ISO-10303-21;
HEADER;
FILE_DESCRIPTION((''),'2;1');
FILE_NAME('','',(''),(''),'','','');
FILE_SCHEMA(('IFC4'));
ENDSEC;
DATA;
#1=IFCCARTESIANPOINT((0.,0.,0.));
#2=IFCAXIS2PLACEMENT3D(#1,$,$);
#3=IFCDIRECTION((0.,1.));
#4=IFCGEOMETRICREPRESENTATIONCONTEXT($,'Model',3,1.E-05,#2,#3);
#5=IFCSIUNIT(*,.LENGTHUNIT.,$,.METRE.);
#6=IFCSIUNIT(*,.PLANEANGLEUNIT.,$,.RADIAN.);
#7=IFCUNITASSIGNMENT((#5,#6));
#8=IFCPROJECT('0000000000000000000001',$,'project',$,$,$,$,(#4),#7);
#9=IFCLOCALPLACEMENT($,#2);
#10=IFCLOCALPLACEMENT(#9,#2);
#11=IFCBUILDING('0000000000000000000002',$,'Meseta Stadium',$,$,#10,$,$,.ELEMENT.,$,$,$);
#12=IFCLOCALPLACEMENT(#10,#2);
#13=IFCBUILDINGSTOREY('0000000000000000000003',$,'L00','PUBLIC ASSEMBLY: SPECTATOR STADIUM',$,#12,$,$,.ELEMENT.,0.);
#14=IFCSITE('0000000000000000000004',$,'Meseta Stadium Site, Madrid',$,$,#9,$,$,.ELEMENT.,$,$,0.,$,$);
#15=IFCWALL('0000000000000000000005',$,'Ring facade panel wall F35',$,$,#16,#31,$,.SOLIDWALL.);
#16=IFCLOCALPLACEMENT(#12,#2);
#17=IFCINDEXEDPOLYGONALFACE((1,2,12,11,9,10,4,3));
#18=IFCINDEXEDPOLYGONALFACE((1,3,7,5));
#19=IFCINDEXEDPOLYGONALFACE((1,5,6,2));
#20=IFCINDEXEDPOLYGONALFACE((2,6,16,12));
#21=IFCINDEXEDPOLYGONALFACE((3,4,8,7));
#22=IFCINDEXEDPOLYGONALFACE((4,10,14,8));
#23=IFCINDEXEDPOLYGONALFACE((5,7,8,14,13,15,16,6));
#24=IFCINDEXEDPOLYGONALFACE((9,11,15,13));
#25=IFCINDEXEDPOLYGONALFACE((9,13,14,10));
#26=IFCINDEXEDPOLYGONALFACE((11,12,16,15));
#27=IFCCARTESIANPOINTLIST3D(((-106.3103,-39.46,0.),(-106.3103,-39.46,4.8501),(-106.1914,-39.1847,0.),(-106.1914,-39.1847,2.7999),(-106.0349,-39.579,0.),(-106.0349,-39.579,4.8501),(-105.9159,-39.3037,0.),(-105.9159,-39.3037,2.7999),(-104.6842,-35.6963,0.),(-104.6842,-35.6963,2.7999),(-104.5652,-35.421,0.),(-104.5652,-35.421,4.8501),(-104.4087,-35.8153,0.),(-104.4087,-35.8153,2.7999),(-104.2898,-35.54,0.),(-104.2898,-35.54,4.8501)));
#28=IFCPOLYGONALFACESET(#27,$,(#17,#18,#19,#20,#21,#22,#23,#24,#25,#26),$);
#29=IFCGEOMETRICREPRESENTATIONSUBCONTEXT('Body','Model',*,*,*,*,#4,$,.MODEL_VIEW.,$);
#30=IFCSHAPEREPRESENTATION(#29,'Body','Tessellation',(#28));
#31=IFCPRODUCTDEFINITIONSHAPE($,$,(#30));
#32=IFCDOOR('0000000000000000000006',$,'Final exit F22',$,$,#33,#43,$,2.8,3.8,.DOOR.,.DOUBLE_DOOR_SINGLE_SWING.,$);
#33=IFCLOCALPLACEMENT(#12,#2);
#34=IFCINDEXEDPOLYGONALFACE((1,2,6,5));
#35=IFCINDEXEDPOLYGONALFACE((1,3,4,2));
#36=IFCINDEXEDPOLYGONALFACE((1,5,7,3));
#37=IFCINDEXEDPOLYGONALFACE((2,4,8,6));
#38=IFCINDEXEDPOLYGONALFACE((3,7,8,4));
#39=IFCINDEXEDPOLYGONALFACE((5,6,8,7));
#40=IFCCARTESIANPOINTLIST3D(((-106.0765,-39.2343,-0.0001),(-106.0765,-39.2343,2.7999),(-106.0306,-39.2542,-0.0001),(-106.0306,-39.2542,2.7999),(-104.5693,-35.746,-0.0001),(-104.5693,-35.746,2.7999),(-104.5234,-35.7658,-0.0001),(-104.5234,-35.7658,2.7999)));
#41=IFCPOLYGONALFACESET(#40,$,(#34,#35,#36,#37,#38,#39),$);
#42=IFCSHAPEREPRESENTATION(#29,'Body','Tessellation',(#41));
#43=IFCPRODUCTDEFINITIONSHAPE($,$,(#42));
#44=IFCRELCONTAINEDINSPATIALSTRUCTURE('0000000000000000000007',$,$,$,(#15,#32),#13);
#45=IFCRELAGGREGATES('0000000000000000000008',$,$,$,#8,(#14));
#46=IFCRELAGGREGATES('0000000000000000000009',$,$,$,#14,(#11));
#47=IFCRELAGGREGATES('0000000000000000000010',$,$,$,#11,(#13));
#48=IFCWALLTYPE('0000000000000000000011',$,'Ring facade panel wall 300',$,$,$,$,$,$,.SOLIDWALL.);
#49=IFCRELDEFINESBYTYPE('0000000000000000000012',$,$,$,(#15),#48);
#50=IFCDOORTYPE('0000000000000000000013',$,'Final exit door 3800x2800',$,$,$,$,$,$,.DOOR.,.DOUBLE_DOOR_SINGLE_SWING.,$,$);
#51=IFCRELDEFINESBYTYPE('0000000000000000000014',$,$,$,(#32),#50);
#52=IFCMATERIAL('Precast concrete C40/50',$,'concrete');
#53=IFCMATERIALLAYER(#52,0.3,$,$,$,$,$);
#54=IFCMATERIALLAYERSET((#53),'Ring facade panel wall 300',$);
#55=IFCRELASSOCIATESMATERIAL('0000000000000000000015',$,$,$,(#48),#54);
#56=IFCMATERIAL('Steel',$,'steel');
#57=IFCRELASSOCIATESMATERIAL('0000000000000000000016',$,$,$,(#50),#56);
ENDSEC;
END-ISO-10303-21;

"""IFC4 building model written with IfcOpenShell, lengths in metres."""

from ifc_helpers import new_model, si_unit, direction, frame, frame_2d, origin, place, context, subcontext, project, spatial, rectangle, extrude, material, layer, layer_set, type_object, element, fill, save


model = new_model("IFC4")

# Units and contexts
model_context = context("Model", 3, precision=1e-05, world=origin(), true_north=direction((0.0, 1.0)))
body_context = subcontext(model_context, "Body", "Model", "MODEL_VIEW")
ifc_project = project(units=[si_unit("LENGTHUNIT", "METRE"), si_unit("PLANEANGLEUNIT", "RADIAN")], contexts=[model_context])

# Site, building, storey
site_placement = place(None, origin())
site = spatial("IfcSite", under=ifc_project, at=site_placement, Name="Meseta Stadium Site, Madrid", CompositionType="ELEMENT", RefElevation=0.0)
building_placement = place(site_placement, origin())
building = spatial("IfcBuilding", under=site, at=building_placement, Name="Meseta Stadium", CompositionType="ELEMENT")
storey_placement = place(building_placement, origin())
storey = spatial("IfcBuildingStorey", under=building, at=storey_placement, Name="L00", Description="PUBLIC ASSEMBLY: SPECTATOR STADIUM", CompositionType="ELEMENT", Elevation=0.0)

# Wall, opening, door
ifc_material_1 = material(Name="Precast concrete C40/50", Category="concrete")
ifc_layer_1 = layer(ifc_material_1, 0.3)
ifc_layer_set_1 = layer_set([ifc_layer_1], Name="Ring facade panel wall 300")
wall_type_1 = type_object("IfcWallType", Name="Ring facade panel wall 300", PredefinedType="SOLIDWALL", material=ifc_layer_set_1)
wall_1_placement = place(storey_placement, frame((-106.1726, -39.5195, 0.0), z_axis=(0.0, 0.0, 1.0), x_axis=(0.396623, 0.917982, 0.0)))
wall_1 = element("IfcWall", 1, at=wall_1_placement, inside=storey, type_object=wall_type_1, Name="Ring facade panel wall F35", PredefinedType="SOLIDWALL", context=body_context, shape_type="SweptSolid", body=[
    extrude(rectangle(XDim=4.3999, YDim=0.3, at=frame_2d((2.2, 0.0))), origin(), (0.0, 0.0, 1.0), 4.8501),
])
opening_1_placement = place(wall_1_placement, frame((0.3, 0.0, 0.0)))
opening_1 = element("IfcOpeningElement", 2, at=opening_1_placement, cuts=wall_1, PredefinedType="OPENING", context=body_context, shape_type="SweptSolid", body=[
    extrude(rectangle(XDim=3.8, YDim=2.8, at=frame_2d((1.8999, 1.3999))), frame((0.0, 0.1599, 0.0), z_axis=(0.0, -1.0, 0.0), x_axis=(1.0, 0.0, 0.0)), (0.0, 0.0, 1.0), 0.3201),
])
ifc_material_2 = material(Name="Steel", Category="steel")
door_type_1 = type_object("IfcDoorType", Name="Final exit door 3800x2800", OperationType="DOUBLE_DOOR_SINGLE_SWING", PredefinedType="DOOR", material=ifc_material_2)
door_1_placement = place(opening_1_placement, origin())
door_1 = element("IfcDoor", 3, at=door_1_placement, inside=storey, type_object=door_type_1, Name="Final exit F22", OperationType="DOUBLE_DOOR_SINGLE_SWING", OverallHeight=2.8, OverallWidth=3.8, PredefinedType="DOOR", context=body_context, shape_type="SweptSolid", body=[
    extrude(rectangle(XDim=3.8, YDim=2.8, at=frame_2d((1.8999, 1.3999))), frame((0.0, 0.0249, 0.0), z_axis=(0.0, -1.0, 0.0), x_axis=(1.0, 0.0, 0.0)), (0.0, 0.0, 1.0), 0.05),
])
fill(opening_1, door_1)

save(model, "model.ifc")
